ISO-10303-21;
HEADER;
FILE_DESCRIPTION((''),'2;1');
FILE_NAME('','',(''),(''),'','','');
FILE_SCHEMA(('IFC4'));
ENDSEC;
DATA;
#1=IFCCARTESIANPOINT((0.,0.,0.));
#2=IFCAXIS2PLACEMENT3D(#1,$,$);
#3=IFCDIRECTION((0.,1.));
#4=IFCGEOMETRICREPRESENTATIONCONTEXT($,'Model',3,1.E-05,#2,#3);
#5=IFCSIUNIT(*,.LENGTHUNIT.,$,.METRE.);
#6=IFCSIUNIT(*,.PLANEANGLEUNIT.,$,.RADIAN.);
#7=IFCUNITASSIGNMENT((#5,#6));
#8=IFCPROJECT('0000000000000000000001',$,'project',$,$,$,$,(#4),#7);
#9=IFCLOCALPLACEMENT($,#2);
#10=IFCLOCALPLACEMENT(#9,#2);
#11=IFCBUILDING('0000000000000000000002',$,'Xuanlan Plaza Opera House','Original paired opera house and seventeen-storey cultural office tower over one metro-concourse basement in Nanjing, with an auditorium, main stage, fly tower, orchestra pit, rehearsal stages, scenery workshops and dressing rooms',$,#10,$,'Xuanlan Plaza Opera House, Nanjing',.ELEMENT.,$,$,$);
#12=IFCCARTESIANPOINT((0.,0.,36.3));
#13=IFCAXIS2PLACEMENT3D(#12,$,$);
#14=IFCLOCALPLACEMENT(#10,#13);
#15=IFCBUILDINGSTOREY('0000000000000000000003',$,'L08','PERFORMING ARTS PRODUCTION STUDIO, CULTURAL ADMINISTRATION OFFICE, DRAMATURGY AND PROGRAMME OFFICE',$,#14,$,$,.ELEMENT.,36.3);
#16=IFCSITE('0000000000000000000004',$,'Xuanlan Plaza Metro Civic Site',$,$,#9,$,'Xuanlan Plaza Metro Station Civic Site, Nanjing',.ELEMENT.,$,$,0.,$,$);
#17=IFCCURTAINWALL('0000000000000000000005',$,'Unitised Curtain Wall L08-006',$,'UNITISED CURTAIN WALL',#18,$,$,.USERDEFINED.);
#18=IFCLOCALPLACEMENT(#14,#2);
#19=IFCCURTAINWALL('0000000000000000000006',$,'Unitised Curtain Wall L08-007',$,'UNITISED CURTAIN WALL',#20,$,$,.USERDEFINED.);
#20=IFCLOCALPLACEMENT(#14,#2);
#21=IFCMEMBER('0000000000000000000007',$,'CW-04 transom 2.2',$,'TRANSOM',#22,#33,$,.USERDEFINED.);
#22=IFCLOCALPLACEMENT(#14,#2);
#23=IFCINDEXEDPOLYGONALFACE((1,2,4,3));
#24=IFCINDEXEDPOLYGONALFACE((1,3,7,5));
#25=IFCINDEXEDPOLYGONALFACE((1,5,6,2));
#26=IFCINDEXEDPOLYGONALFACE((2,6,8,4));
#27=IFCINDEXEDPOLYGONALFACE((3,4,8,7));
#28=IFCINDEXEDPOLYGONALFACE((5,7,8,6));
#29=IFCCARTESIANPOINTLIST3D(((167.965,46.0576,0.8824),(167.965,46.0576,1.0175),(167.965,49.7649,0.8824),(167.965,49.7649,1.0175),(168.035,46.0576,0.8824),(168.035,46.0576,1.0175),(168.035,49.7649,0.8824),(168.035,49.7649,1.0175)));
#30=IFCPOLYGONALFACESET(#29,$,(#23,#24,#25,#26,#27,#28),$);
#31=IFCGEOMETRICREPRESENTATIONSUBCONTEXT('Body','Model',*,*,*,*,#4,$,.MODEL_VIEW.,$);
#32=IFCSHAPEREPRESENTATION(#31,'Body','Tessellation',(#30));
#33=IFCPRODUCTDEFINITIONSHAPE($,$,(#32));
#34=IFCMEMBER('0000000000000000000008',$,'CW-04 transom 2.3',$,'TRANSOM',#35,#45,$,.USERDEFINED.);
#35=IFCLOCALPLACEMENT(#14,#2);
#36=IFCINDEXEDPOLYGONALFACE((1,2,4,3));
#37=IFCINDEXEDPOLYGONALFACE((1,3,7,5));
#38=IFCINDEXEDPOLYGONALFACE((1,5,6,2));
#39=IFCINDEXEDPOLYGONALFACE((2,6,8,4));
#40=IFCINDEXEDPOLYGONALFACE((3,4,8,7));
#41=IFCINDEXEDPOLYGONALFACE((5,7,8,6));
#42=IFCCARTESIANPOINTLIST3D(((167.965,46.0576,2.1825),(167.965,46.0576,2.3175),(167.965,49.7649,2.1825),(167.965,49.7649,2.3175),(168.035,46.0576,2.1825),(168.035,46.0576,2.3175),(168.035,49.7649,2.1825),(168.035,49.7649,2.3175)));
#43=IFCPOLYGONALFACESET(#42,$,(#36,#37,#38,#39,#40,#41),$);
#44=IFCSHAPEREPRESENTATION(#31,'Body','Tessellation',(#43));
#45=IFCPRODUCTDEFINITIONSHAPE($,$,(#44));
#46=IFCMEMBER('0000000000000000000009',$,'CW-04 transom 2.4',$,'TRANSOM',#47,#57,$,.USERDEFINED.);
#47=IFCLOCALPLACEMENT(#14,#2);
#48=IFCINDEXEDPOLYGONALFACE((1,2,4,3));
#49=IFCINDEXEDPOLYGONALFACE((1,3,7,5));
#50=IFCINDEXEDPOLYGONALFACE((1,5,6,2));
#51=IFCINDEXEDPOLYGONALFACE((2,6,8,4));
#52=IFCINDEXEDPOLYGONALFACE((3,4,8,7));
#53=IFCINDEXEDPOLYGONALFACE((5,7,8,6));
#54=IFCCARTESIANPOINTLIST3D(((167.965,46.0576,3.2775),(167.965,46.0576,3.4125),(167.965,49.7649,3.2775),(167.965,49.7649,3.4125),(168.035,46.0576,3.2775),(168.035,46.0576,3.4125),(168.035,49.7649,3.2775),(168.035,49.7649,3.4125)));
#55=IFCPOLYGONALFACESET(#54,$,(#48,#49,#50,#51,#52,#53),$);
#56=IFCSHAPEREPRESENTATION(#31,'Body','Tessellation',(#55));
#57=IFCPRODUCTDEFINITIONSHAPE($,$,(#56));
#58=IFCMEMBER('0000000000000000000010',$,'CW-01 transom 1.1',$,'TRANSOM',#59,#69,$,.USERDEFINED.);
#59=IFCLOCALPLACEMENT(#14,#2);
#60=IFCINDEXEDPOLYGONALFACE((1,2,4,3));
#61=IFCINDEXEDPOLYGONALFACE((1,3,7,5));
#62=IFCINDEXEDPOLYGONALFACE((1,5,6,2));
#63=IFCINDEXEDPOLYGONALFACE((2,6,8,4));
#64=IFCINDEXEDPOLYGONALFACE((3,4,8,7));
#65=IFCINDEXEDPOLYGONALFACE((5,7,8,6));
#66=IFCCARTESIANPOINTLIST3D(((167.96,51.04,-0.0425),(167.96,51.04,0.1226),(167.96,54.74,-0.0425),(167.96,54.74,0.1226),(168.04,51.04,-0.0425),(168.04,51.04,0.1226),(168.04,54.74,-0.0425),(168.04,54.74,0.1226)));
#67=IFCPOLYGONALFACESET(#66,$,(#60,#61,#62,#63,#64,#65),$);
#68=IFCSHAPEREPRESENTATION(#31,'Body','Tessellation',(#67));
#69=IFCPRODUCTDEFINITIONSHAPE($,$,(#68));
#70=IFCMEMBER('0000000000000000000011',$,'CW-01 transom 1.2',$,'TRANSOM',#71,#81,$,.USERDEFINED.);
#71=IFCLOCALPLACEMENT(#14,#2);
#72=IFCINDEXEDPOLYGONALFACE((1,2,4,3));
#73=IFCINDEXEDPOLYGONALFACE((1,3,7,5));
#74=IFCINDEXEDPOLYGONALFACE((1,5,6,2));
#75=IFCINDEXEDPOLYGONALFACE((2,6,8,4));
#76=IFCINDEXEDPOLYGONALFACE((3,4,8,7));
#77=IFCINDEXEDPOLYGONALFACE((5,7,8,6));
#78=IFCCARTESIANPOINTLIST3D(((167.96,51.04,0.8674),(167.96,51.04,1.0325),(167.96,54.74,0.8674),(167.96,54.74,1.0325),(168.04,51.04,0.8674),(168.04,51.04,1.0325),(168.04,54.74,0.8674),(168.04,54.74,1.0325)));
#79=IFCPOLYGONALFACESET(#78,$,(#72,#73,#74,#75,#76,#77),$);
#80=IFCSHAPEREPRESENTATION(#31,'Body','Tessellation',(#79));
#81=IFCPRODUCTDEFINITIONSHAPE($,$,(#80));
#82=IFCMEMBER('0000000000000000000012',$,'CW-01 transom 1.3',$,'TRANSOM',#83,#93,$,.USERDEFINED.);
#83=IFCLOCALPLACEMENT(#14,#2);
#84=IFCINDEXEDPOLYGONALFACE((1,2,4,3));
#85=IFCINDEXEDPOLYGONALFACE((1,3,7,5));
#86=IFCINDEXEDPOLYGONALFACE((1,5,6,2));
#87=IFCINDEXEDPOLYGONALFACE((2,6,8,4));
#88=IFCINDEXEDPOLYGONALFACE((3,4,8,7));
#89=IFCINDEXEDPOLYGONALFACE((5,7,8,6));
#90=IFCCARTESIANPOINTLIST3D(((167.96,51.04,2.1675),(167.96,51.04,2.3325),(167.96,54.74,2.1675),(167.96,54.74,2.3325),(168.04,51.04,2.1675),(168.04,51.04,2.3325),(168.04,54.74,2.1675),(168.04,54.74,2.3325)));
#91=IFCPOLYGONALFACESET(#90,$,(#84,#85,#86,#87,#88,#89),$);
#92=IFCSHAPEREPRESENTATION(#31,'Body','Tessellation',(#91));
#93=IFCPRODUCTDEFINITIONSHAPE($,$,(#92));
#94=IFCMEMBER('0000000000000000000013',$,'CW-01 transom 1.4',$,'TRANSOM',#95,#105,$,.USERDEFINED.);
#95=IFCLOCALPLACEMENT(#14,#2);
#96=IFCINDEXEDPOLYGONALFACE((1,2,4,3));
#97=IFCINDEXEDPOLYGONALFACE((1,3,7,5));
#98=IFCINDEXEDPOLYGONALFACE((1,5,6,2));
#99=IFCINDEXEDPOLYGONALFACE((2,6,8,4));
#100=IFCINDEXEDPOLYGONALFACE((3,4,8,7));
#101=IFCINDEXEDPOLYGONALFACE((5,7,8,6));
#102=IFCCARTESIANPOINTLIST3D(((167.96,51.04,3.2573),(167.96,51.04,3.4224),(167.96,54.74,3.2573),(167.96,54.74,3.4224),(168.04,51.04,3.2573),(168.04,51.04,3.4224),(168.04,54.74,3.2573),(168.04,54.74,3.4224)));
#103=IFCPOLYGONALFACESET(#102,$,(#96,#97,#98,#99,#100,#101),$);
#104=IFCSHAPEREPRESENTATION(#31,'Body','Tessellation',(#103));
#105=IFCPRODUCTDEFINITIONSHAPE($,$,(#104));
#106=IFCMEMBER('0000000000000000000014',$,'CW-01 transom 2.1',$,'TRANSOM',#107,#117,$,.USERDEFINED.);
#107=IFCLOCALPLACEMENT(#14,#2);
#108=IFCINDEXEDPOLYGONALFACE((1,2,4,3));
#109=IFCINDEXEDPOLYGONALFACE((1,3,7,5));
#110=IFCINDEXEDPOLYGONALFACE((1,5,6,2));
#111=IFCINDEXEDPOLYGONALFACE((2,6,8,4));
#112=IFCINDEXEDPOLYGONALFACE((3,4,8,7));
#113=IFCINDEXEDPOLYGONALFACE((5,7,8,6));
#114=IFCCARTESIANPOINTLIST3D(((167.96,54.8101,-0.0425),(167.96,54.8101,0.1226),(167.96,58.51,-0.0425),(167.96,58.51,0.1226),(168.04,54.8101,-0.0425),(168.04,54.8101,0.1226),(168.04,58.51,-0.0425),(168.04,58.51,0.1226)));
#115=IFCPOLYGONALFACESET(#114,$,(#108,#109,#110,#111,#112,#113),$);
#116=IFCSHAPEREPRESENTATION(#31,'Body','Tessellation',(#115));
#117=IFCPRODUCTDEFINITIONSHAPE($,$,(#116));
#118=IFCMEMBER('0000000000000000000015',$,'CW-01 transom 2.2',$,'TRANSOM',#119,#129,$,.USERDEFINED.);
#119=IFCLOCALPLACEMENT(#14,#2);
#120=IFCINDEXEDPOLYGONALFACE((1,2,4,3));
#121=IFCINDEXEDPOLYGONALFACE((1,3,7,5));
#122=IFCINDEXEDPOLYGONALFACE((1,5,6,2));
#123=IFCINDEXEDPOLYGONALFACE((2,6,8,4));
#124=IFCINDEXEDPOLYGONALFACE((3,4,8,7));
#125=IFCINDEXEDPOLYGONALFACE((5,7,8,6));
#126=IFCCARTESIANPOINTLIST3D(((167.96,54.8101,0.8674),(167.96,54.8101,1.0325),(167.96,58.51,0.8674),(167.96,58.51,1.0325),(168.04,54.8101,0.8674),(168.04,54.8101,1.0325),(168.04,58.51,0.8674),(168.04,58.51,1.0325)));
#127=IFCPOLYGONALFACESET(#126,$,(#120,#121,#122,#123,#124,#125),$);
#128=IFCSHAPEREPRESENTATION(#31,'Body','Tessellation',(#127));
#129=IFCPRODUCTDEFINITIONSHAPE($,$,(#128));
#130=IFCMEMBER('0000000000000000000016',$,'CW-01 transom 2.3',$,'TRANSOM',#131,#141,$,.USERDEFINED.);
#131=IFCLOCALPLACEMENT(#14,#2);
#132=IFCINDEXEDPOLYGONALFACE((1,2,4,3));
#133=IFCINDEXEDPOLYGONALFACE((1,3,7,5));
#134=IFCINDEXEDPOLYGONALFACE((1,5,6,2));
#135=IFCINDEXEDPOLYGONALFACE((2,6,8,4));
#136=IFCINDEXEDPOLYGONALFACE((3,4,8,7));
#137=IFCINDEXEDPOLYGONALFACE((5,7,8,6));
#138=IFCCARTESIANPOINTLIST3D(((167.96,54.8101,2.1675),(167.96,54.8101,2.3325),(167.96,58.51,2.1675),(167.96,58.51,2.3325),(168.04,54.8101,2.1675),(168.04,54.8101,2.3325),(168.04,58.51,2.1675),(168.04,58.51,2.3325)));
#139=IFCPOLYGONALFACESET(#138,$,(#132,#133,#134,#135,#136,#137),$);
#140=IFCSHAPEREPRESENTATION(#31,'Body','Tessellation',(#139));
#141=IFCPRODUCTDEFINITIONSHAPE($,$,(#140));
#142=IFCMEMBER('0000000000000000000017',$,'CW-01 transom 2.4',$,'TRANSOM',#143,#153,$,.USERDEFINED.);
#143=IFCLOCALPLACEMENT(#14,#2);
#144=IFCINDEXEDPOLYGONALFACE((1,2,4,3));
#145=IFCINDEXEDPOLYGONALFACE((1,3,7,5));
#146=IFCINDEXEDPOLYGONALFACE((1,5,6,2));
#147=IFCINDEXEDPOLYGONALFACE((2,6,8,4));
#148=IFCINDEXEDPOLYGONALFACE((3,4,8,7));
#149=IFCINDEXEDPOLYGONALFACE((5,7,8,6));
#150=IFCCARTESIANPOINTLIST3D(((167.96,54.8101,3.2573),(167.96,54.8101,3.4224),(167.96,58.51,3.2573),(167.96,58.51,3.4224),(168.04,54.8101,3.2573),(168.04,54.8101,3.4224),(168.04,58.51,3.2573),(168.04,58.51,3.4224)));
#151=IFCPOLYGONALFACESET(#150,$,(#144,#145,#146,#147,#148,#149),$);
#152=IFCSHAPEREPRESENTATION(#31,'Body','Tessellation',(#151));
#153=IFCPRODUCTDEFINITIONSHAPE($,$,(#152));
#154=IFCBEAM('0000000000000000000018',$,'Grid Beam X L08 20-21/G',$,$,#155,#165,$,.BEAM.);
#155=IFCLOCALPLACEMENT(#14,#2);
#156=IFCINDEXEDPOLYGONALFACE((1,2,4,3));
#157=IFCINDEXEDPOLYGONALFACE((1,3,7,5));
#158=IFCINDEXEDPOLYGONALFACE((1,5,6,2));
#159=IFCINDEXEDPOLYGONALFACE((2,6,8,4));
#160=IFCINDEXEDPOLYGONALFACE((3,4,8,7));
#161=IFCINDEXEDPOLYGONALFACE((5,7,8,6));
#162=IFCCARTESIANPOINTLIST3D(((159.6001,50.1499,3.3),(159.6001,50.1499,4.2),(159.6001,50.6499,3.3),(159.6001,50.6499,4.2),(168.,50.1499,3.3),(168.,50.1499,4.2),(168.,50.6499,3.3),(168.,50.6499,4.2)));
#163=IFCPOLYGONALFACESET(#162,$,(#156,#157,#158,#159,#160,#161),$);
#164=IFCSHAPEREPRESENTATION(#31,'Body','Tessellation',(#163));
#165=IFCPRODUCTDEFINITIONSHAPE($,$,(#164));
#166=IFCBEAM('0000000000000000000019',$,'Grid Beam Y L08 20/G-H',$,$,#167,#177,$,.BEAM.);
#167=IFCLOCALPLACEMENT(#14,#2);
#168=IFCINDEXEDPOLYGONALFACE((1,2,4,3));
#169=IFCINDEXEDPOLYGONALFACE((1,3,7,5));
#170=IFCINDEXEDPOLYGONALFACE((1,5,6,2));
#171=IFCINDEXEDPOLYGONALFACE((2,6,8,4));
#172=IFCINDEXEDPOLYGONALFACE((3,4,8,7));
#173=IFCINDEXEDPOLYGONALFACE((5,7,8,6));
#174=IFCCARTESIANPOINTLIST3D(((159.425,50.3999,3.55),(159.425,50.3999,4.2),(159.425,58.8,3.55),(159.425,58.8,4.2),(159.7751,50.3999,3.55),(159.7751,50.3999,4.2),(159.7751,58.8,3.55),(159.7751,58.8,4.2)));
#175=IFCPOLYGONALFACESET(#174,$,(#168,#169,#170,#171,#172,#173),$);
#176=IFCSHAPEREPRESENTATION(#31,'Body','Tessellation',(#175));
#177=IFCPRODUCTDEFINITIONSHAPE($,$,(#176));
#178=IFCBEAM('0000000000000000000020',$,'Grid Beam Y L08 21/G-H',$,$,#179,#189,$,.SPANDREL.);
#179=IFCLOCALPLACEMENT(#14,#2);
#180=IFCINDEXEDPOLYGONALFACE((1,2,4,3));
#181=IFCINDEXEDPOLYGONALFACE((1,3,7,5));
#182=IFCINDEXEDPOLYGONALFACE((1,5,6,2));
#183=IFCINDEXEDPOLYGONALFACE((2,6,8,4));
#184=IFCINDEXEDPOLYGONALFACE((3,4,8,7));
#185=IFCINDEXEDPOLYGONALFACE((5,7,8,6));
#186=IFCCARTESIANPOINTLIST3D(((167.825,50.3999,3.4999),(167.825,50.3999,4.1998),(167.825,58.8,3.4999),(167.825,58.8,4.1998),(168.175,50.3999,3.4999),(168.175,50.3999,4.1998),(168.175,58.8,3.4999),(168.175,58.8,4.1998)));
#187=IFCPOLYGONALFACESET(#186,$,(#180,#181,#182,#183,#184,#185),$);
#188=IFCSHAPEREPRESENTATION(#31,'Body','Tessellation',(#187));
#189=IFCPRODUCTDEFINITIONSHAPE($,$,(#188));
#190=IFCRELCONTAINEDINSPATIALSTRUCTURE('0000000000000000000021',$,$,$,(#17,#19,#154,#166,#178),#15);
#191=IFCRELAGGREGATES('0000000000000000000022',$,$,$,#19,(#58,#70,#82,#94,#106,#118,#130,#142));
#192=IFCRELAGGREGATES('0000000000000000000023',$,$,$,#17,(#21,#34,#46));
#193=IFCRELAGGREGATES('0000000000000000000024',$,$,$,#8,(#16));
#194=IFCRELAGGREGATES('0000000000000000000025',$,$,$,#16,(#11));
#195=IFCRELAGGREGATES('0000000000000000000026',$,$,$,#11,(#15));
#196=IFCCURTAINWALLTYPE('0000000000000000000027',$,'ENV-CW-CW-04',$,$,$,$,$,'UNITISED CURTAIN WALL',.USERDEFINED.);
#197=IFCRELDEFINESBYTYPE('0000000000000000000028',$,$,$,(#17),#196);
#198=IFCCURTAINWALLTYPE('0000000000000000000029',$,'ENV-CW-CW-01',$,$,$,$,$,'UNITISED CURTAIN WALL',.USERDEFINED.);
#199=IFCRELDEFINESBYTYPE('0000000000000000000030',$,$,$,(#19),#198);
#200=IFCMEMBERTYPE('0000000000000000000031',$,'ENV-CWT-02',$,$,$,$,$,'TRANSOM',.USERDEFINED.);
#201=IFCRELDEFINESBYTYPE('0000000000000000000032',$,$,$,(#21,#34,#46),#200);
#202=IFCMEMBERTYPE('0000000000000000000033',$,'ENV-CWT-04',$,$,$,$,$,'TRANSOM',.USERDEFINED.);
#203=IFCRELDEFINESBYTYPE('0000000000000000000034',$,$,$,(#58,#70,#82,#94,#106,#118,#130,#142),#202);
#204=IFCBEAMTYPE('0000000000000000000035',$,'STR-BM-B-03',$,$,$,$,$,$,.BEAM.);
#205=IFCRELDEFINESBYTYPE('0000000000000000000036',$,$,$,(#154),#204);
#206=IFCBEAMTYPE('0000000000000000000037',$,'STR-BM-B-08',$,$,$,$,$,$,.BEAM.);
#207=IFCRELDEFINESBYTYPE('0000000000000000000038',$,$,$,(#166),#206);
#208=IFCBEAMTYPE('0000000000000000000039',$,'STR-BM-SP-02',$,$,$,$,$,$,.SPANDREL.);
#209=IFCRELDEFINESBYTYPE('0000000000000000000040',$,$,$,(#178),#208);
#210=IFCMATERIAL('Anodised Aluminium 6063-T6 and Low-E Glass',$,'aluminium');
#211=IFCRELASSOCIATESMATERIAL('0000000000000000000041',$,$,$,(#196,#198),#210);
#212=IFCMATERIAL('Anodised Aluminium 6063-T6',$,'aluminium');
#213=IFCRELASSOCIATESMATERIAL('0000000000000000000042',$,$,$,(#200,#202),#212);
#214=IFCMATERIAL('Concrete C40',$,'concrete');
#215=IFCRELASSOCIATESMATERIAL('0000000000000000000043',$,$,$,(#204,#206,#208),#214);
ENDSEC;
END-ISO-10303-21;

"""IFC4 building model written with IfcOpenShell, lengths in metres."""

from ifc_helpers import new_model, si_unit, direction, frame, origin, origin_2d, place, context, subcontext, project, spatial, rectangle, extrude, material, material_profile, profile_set, type_object, element, aggregate, save


model = new_model("IFC4")

# Units and contexts
model_context = context("Model", 3, precision=1e-05, world=origin(), true_north=direction((0.0, 1.0)))
body_context = subcontext(model_context, "Body", "Model", "MODEL_VIEW")
ifc_project = project(units=[si_unit("LENGTHUNIT", "METRE"), si_unit("PLANEANGLEUNIT", "RADIAN")], contexts=[model_context])

# Site, building, storey
site_placement = place(None, origin())
site = spatial("IfcSite", under=ifc_project, at=site_placement, Name="Xuanlan Plaza Metro Civic Site", LongName="Xuanlan Plaza Metro Station Civic Site, Nanjing", CompositionType="ELEMENT", RefElevation=0.0)
building_placement = place(site_placement, origin())
building = spatial("IfcBuilding", under=site, at=building_placement, Name="Xuanlan Plaza Opera House", Description="Original paired opera house and seventeen-storey cultural office tower over one metro-concourse basement in Nanjing, with an auditorium, main stage, fly tower, orchestra pit, rehearsal stages, scenery workshops and dressing rooms", LongName="Xuanlan Plaza Opera House, Nanjing", CompositionType="ELEMENT")
storey_placement = place(building_placement, frame((0.0, 0.0, 36.3)))
storey = spatial("IfcBuildingStorey", under=building, at=storey_placement, Name="L08", Description="PERFORMING ARTS PRODUCTION STUDIO, CULTURAL ADMINISTRATION OFFICE, DRAMATURGY AND PROGRAMME OFFICE", CompositionType="ELEMENT", Elevation=36.3)

# Curtain walls
ifc_material_1 = material(Name="Anodised Aluminium 6063-T6 and Low-E Glass", Category="aluminium")
curtain_wall_type_1 = type_object("IfcCurtainWallType", Name="ENV-CW-CW-04", ElementType="UNITISED CURTAIN WALL", PredefinedType="USERDEFINED", material=ifc_material_1)
curtain_wall_1_placement = place(storey_placement, origin())
curtain_wall_1 = element("IfcCurtainWall", 1, at=curtain_wall_1_placement, inside=storey, type_object=curtain_wall_type_1, Name="Unitised Curtain Wall L08-006", ObjectType="UNITISED CURTAIN WALL", PredefinedType="USERDEFINED")
ifc_material_2 = material(Name="Anodised Aluminium 6063-T6", Category="aluminium")
curtain_wall_type_2 = type_object("IfcCurtainWallType", Name="ENV-CW-CW-01", ElementType="UNITISED CURTAIN WALL", PredefinedType="USERDEFINED", material=ifc_material_1)
curtain_wall_2_placement = place(storey_placement, origin())
curtain_wall_2 = element("IfcCurtainWall", 2, at=curtain_wall_2_placement, inside=storey, type_object=curtain_wall_type_2, Name="Unitised Curtain Wall L08-007", ObjectType="UNITISED CURTAIN WALL", PredefinedType="USERDEFINED")

# Members
ifc_material_profile_1 = material_profile(ifc_material_2, rectangle(XDim=0.0701, YDim=0.135, at=origin_2d()), Name="ALU-T 70x135")
ifc_profile_set_1 = profile_set([ifc_material_profile_1], Name="Anodised Aluminium 6063-T6")
member_type_1 = type_object("IfcMemberType", Name="ENV-CWT-02", ElementType="TRANSOM", PredefinedType="USERDEFINED", material=ifc_profile_set_1)
member_1_placement = place(storey_placement, frame((168.0, 46.0576, 0.95), z_axis=(0.0, 1.0, 0.0), x_axis=(-1.0, 0.0, 0.0)))
member_1 = element("IfcMember", 3, at=member_1_placement, type_object=member_type_1, Name="CW-04 transom 2.2", ObjectType="TRANSOM", PredefinedType="USERDEFINED", context=body_context, shape_type="SweptSolid", body=[
    extrude(rectangle(XDim=0.0701, YDim=0.135, at=origin_2d()), origin(), (0.0, 0.0, 1.0), 3.7073),
])
member_2_placement = place(storey_placement, frame((168.0, 46.0576, 2.25), z_axis=(0.0, 1.0, 0.0), x_axis=(-1.0, 0.0, 0.0)))
member_2 = element("IfcMember", 4, at=member_2_placement, type_object=member_type_1, Name="CW-04 transom 2.3", ObjectType="TRANSOM", PredefinedType="USERDEFINED", context=body_context, shape_type="SweptSolid", body=[
    extrude(rectangle(XDim=0.0701, YDim=0.135, at=origin_2d()), origin(), (0.0, 0.0, 1.0), 3.7073),
])
member_3_placement = place(storey_placement, frame((168.0, 46.0576, 3.345), z_axis=(0.0, 1.0, 0.0), x_axis=(-1.0, 0.0, 0.0)))
member_3 = element("IfcMember", 5, at=member_3_placement, type_object=member_type_1, Name="CW-04 transom 2.4", ObjectType="TRANSOM", PredefinedType="USERDEFINED", context=body_context, shape_type="SweptSolid", body=[
    extrude(rectangle(XDim=0.0701, YDim=0.135, at=origin_2d()), origin(), (0.0, 0.0, 1.0), 3.7073),
])
ifc_material_profile_2 = material_profile(ifc_material_2, rectangle(XDim=0.0801, YDim=0.165, at=origin_2d()), Name="ALU-T 80x165")
ifc_profile_set_2 = profile_set([ifc_material_profile_2], Name="Anodised Aluminium 6063-T6")
member_type_2 = type_object("IfcMemberType", Name="ENV-CWT-04", ElementType="TRANSOM", PredefinedType="USERDEFINED", material=ifc_profile_set_2)
member_4_placement = place(storey_placement, frame((168.0, 51.04, 0.04), z_axis=(0.0, 1.0, 0.0), x_axis=(-1.0, 0.0, 0.0)))
member_4 = element("IfcMember", 6, at=member_4_placement, type_object=member_type_2, Name="CW-01 transom 1.1", ObjectType="TRANSOM", PredefinedType="USERDEFINED", context=body_context, shape_type="SweptSolid", body=[
    extrude(rectangle(XDim=0.0801, YDim=0.165, at=origin_2d()), origin(), (0.0, 0.0, 1.0), 3.7),
])
member_5_placement = place(storey_placement, frame((168.0, 51.04, 0.95), z_axis=(0.0, 1.0, 0.0), x_axis=(-1.0, 0.0, 0.0)))
member_5 = element("IfcMember", 7, at=member_5_placement, type_object=member_type_2, Name="CW-01 transom 1.2", ObjectType="TRANSOM", PredefinedType="USERDEFINED", context=body_context, shape_type="SweptSolid", body=[
    extrude(rectangle(XDim=0.0801, YDim=0.165, at=origin_2d()), origin(), (0.0, 0.0, 1.0), 3.7),
])
member_6_placement = place(storey_placement, frame((168.0, 51.04, 2.25), z_axis=(0.0, 1.0, 0.0), x_axis=(-1.0, 0.0, 0.0)))
member_6 = element("IfcMember", 8, at=member_6_placement, type_object=member_type_2, Name="CW-01 transom 1.3", ObjectType="TRANSOM", PredefinedType="USERDEFINED", context=body_context, shape_type="SweptSolid", body=[
    extrude(rectangle(XDim=0.0801, YDim=0.165, at=origin_2d()), origin(), (0.0, 0.0, 1.0), 3.7),
])
member_7_placement = place(storey_placement, frame((168.0, 51.04, 3.3398), z_axis=(0.0, 1.0, 0.0), x_axis=(-1.0, 0.0, 0.0)))
member_7 = element("IfcMember", 9, at=member_7_placement, type_object=member_type_2, Name="CW-01 transom 1.4", ObjectType="TRANSOM", PredefinedType="USERDEFINED", context=body_context, shape_type="SweptSolid", body=[
    extrude(rectangle(XDim=0.0801, YDim=0.165, at=origin_2d()), origin(), (0.0, 0.0, 1.0), 3.7),
])
member_8_placement = place(storey_placement, frame((168.0, 54.8101, 0.04), z_axis=(0.0, 1.0, 0.0), x_axis=(-1.0, 0.0, 0.0)))
member_8 = element("IfcMember", 10, at=member_8_placement, type_object=member_type_2, Name="CW-01 transom 2.1", ObjectType="TRANSOM", PredefinedType="USERDEFINED", context=body_context, shape_type="SweptSolid", body=[
    extrude(rectangle(XDim=0.0801, YDim=0.165, at=origin_2d()), origin(), (0.0, 0.0, 1.0), 3.7),
])
member_9_placement = place(storey_placement, frame((168.0, 54.8101, 0.95), z_axis=(0.0, 1.0, 0.0), x_axis=(-1.0, 0.0, 0.0)))
member_9 = element("IfcMember", 11, at=member_9_placement, type_object=member_type_2, Name="CW-01 transom 2.2", ObjectType="TRANSOM", PredefinedType="USERDEFINED", context=body_context, shape_type="SweptSolid", body=[
    extrude(rectangle(XDim=0.0801, YDim=0.165, at=origin_2d()), origin(), (0.0, 0.0, 1.0), 3.7),
])
member_10_placement = place(storey_placement, frame((168.0, 54.8101, 2.25), z_axis=(0.0, 1.0, 0.0), x_axis=(-1.0, 0.0, 0.0)))
member_10 = element("IfcMember", 12, at=member_10_placement, type_object=member_type_2, Name="CW-01 transom 2.3", ObjectType="TRANSOM", PredefinedType="USERDEFINED", context=body_context, shape_type="SweptSolid", body=[
    extrude(rectangle(XDim=0.0801, YDim=0.165, at=origin_2d()), origin(), (0.0, 0.0, 1.0), 3.7),
])
member_11_placement = place(storey_placement, frame((168.0, 54.8101, 3.3398), z_axis=(0.0, 1.0, 0.0), x_axis=(-1.0, 0.0, 0.0)))
member_11 = element("IfcMember", 13, at=member_11_placement, type_object=member_type_2, Name="CW-01 transom 2.4", ObjectType="TRANSOM", PredefinedType="USERDEFINED", context=body_context, shape_type="SweptSolid", body=[
    extrude(rectangle(XDim=0.0801, YDim=0.165, at=origin_2d()), origin(), (0.0, 0.0, 1.0), 3.7),
])

# Beams
ifc_material_3 = material(Name="Concrete C40", Category="concrete")
ifc_material_profile_3 = material_profile(ifc_material_3, rectangle(XDim=0.5, YDim=0.8999, at=origin_2d()), Name="RC-BM 500x900")
ifc_profile_set_3 = profile_set([ifc_material_profile_3], Name="Concrete C40")
beam_type_1 = type_object("IfcBeamType", Name="STR-BM-B-03", PredefinedType="BEAM", material=ifc_profile_set_3)
beam_1_placement = place(storey_placement, frame((159.6001, 50.3999, 3.75), z_axis=(1.0, 0.0, 0.0), x_axis=(0.0, 1.0, 0.0)))
element("IfcBeam", 14, at=beam_1_placement, inside=storey, type_object=beam_type_1, Name="Grid Beam X L08 20-21/G", PredefinedType="BEAM", context=body_context, shape_type="SweptSolid", body=[
    extrude(rectangle(XDim=0.5, YDim=0.8999, at=origin_2d()), origin(), (0.0, 0.0, 1.0), 8.3999),
])
ifc_material_profile_4 = material_profile(ifc_material_3, rectangle(XDim=0.3501, YDim=0.6499, at=origin_2d()), Name="RC-BM 350x650")
ifc_profile_set_4 = profile_set([ifc_material_profile_4], Name="Concrete C40")
beam_type_2 = type_object("IfcBeamType", Name="STR-BM-B-08", PredefinedType="BEAM", material=ifc_profile_set_4)
beam_2_placement = place(storey_placement, frame((159.6001, 50.3999, 3.875), z_axis=(0.0, 1.0, 0.0), x_axis=(-1.0, 0.0, 0.0)))
element("IfcBeam", 15, at=beam_2_placement, inside=storey, type_object=beam_type_2, Name="Grid Beam Y L08 20/G-H", PredefinedType="BEAM", context=body_context, shape_type="SweptSolid", body=[
    extrude(rectangle(XDim=0.3501, YDim=0.6499, at=origin_2d()), origin(), (0.0, 0.0, 1.0), 8.4001),
])
ifc_material_profile_5 = material_profile(ifc_material_3, rectangle(XDim=0.3501, YDim=0.7, at=origin_2d()), Name="RC-SPD 350x700")
ifc_profile_set_5 = profile_set([ifc_material_profile_5], Name="Concrete C40")
beam_type_3 = type_object("IfcBeamType", Name="STR-BM-SP-02", PredefinedType="SPANDREL", material=ifc_profile_set_5)
beam_3_placement = place(storey_placement, frame((168.0, 50.3999, 3.8499), z_axis=(0.0, 1.0, 0.0), x_axis=(-1.0, 0.0, 0.0)))
element("IfcBeam", 16, at=beam_3_placement, inside=storey, type_object=beam_type_3, Name="Grid Beam Y L08 21/G-H", PredefinedType="SPANDREL", context=body_context, shape_type="SweptSolid", body=[
    extrude(rectangle(XDim=0.3501, YDim=0.7, at=origin_2d()), origin(), (0.0, 0.0, 1.0), 8.4001),
])

aggregate(curtain_wall_2, [member_4, member_5, member_6, member_7, member_8, member_9, member_10, member_11])
aggregate(curtain_wall_1, [member_1, member_2, member_3])

save(model, "model.ifc")
